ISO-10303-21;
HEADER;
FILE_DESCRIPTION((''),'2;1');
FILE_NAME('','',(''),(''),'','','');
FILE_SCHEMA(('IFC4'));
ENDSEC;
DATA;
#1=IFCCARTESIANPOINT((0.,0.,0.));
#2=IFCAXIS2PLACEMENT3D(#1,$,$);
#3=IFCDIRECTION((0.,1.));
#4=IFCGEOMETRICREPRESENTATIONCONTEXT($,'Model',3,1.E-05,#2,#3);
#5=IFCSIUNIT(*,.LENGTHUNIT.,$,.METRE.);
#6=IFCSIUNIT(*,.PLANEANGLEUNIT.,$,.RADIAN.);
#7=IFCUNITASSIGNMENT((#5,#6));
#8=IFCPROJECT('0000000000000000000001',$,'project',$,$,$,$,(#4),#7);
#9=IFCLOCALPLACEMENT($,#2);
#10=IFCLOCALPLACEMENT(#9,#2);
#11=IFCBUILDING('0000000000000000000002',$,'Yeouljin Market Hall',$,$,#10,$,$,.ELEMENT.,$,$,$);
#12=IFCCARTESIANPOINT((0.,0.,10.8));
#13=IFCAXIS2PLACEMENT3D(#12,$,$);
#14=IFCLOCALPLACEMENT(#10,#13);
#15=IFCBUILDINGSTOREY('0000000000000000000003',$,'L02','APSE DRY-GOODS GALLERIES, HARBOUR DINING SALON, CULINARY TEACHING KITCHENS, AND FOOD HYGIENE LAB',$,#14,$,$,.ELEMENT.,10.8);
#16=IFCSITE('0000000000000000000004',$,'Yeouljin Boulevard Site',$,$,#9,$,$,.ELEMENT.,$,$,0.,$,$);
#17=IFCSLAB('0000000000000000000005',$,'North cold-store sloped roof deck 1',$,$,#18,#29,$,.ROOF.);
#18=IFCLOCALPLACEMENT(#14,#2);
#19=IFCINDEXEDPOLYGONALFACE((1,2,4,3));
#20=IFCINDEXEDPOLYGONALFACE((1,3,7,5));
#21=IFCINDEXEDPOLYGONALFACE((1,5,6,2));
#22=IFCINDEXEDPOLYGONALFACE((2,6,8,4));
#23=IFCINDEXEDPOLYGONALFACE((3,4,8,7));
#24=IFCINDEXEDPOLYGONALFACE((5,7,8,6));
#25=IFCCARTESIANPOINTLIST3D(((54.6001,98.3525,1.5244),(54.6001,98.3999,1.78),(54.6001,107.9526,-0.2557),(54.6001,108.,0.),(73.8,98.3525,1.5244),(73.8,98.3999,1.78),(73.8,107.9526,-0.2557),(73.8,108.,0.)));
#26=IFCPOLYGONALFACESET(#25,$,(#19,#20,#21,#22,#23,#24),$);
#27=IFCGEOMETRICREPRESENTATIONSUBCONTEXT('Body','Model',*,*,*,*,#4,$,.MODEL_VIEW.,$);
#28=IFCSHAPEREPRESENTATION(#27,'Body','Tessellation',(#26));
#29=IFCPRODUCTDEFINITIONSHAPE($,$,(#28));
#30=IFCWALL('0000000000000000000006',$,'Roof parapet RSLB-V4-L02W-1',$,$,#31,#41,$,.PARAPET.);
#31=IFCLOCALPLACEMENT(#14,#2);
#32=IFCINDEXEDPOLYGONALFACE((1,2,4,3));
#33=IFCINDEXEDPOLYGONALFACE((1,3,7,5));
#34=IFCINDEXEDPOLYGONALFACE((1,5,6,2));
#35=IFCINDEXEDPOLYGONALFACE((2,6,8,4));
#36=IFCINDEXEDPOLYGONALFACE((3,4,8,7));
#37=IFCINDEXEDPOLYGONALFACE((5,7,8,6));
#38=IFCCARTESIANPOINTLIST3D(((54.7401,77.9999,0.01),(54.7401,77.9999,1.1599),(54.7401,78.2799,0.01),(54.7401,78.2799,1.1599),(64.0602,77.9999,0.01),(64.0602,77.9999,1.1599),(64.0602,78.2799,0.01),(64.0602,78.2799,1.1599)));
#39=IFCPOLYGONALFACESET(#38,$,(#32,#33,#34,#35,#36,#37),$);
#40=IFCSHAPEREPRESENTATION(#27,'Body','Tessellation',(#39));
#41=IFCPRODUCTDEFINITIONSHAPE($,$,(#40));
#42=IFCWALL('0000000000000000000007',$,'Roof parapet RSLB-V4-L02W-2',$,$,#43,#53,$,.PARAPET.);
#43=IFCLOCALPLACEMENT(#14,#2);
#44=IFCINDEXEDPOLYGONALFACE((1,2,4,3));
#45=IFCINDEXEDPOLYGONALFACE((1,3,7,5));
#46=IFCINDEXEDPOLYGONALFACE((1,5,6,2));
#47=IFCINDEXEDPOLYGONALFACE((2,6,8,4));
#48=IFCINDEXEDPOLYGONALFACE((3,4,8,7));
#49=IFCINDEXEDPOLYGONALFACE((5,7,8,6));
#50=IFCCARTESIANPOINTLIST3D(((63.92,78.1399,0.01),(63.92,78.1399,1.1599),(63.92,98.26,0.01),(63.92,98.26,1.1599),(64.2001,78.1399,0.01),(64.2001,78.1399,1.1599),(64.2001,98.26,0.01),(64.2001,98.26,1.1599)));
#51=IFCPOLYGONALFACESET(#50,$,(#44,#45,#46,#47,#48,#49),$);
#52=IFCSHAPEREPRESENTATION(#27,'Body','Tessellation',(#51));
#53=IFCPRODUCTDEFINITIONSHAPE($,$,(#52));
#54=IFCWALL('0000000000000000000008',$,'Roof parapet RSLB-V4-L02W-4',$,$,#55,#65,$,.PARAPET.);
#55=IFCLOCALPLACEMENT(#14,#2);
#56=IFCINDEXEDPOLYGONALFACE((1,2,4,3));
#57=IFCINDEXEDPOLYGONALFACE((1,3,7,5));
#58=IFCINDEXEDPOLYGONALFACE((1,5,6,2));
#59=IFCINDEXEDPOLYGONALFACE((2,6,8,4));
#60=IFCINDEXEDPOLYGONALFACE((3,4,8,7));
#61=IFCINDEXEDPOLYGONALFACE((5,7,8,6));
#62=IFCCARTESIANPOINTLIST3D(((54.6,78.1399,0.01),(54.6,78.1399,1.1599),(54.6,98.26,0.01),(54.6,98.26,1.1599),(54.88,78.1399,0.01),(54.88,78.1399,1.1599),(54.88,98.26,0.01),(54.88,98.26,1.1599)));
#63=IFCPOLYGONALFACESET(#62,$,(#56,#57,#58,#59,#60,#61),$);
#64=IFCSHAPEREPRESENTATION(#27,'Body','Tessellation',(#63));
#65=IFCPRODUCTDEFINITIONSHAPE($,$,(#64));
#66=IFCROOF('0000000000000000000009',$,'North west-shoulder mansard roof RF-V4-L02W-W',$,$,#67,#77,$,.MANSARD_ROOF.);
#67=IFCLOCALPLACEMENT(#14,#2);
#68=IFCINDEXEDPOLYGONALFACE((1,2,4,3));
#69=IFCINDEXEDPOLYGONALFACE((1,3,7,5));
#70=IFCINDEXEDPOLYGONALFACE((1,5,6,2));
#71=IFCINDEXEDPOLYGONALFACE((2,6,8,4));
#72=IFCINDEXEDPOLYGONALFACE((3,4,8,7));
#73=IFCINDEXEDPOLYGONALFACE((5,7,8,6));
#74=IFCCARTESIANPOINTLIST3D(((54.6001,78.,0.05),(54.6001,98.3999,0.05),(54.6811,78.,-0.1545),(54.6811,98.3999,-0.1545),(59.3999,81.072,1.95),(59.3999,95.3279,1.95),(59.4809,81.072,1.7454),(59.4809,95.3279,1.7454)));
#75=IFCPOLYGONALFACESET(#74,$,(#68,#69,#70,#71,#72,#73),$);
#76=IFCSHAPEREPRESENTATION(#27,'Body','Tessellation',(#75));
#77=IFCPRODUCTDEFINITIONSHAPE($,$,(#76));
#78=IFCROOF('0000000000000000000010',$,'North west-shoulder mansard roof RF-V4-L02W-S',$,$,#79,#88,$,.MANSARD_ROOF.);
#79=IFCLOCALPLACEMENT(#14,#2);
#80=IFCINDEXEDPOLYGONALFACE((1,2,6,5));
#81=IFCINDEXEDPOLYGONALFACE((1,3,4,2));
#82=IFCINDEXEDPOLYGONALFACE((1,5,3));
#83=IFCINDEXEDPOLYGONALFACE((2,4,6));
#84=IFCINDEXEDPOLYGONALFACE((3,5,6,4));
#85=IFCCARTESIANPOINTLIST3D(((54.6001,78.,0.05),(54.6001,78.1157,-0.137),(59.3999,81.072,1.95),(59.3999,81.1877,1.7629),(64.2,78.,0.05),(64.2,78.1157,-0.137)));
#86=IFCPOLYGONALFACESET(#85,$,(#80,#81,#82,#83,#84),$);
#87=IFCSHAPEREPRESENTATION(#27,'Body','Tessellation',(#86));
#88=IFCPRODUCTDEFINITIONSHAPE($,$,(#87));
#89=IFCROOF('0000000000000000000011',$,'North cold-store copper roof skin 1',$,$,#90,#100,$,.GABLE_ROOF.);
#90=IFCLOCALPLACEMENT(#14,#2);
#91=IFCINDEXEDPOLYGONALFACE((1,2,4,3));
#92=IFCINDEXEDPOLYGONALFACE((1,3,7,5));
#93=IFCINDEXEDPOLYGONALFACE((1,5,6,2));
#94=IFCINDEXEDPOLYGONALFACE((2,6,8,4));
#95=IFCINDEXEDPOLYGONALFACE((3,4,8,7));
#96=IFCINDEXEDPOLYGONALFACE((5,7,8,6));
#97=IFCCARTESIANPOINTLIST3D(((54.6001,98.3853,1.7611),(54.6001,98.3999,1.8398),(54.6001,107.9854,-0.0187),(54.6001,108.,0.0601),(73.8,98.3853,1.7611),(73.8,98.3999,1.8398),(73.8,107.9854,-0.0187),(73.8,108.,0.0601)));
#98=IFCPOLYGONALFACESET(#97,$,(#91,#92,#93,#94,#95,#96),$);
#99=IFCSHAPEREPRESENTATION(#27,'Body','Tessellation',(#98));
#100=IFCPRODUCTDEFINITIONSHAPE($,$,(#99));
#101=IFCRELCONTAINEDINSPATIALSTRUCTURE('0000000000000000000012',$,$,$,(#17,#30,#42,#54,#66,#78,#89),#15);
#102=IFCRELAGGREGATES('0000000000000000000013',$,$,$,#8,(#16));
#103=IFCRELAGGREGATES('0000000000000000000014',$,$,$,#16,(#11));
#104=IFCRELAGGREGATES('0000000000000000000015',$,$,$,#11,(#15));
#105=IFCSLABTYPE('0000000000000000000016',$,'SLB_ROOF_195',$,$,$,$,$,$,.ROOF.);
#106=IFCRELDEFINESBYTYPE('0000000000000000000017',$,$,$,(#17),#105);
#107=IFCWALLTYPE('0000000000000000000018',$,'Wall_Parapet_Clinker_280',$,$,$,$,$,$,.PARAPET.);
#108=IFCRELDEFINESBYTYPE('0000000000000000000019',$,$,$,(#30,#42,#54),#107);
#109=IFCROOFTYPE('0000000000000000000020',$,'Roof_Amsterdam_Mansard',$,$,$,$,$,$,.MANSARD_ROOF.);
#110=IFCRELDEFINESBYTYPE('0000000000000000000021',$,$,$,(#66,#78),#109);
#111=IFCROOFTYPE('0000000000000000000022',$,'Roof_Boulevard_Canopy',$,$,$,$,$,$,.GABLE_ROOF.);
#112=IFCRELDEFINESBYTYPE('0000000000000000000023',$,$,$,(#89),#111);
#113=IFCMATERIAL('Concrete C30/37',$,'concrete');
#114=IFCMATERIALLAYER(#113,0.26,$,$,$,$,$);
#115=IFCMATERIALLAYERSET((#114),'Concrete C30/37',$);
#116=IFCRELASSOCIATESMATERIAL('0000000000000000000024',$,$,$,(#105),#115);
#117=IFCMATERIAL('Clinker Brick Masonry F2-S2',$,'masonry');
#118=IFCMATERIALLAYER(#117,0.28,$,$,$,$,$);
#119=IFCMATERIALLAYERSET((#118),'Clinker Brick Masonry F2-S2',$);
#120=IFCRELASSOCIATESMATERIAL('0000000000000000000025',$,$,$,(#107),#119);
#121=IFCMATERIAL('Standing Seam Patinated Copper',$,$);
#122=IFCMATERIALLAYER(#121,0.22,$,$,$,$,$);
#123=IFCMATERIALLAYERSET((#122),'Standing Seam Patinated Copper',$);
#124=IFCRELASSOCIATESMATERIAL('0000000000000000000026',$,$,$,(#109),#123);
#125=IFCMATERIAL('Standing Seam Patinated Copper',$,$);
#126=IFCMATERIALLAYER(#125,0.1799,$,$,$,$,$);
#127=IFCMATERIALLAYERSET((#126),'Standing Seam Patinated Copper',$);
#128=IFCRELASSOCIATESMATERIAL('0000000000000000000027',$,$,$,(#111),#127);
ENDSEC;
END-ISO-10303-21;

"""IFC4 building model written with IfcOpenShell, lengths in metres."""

from ifc_helpers import new_model, si_unit, direction, frame, frame_2d, origin, place, context, subcontext, project, spatial, polyline, rectangle, outline, extrude, material, layer, layer_set, type_object, element, save


model = new_model("IFC4")

# Units and contexts
model_context = context("Model", 3, precision=1e-05, world=origin(), true_north=direction((0.0, 1.0)))
body_context = subcontext(model_context, "Body", "Model", "MODEL_VIEW")
ifc_project = project(units=[si_unit("LENGTHUNIT", "METRE"), si_unit("PLANEANGLEUNIT", "RADIAN")], contexts=[model_context])

# Site, building, storey
site_placement = place(None, origin())
site = spatial("IfcSite", under=ifc_project, at=site_placement, Name="Yeouljin Boulevard Site", CompositionType="ELEMENT", RefElevation=0.0)
building_placement = place(site_placement, origin())
building = spatial("IfcBuilding", under=site, at=building_placement, Name="Yeouljin Market Hall", CompositionType="ELEMENT")
storey_placement = place(building_placement, frame((0.0, 0.0, 10.8)))
storey = spatial("IfcBuildingStorey", under=building, at=storey_placement, Name="L02", Description="APSE DRY-GOODS GALLERIES, HARBOUR DINING SALON, CULINARY TEACHING KITCHENS, AND FOOD HYGIENE LAB", CompositionType="ELEMENT", Elevation=10.8)

# Slab
ifc_material_1 = material(Name="Concrete C30/37", Category="concrete")
ifc_layer_1 = layer(ifc_material_1, 0.26)
ifc_layer_set_1 = layer_set([ifc_layer_1], Name="Concrete C30/37")
slab_type = type_object("IfcSlabType", Name="SLB_ROOF_195", PredefinedType="ROOF", material=ifc_layer_set_1)
slab_placement = place(storey_placement, frame((54.6001, 98.3999, 1.78), z_axis=(0.0, 0.18231, 0.983241), x_axis=(0.0, 0.983241, -0.18231)))
element("IfcSlab", 1, at=slab_placement, inside=storey, type_object=slab_type, Name="North cold-store sloped roof deck 1", PredefinedType="ROOF", context=body_context, shape_type="SweptSolid", body=[
    extrude(outline(polyline([(0.0, 0.0), (9.7637, 0.0), (9.7637, -19.2), (0.0, -19.2), (0.0, 0.0)])), origin(), (0.0, 0.0, -1.0), 0.26),
])

# Walls
ifc_material_2 = material(Name="Clinker Brick Masonry F2-S2", Category="masonry")
ifc_layer_2 = layer(ifc_material_2, 0.28)
ifc_layer_set_2 = layer_set([ifc_layer_2], Name="Clinker Brick Masonry F2-S2")
wall_type = type_object("IfcWallType", Name="Wall_Parapet_Clinker_280", PredefinedType="PARAPET", material=ifc_layer_set_2)
wall_placement = place(storey_placement, frame((54.74, 78.1399, 0.01), z_axis=(0.0, 0.0, 1.0), x_axis=(1.0, 0.0, 0.0)))
element("IfcWall", 2, at=wall_placement, inside=storey, type_object=wall_type, Name="Roof parapet RSLB-V4-L02W-1", PredefinedType="PARAPET", context=body_context, shape_type="SweptSolid", body=[
    extrude(rectangle(XDim=9.3201, YDim=0.28, at=frame_2d((4.6602, 0.0))), origin(), (0.0, 0.0, 1.0), 1.1499),
])
for number, where, z_axis, x_axis, name in (
    (3, (64.0601, 78.1399, 0.01), (0.0, 0.0, 1.0), (0.0, 1.0, 0.0), "Roof parapet RSLB-V4-L02W-2"),
    (4, (54.74, 98.26, 0.01), (0.0, 0.0, 1.0), (0.0, -1.0, 0.0), "Roof parapet RSLB-V4-L02W-4"),
):
    element("IfcWall", number, at=place(storey_placement, frame(where, z_axis=z_axis, x_axis=x_axis)), inside=storey, type_object=wall_type, Name=name, PredefinedType="PARAPET", context=body_context, shape_type="SweptSolid", body=[
        extrude(rectangle(XDim=20.1201, YDim=0.28, at=frame_2d((10.0601, 0.0))), origin(), (0.0, 0.0, 1.0), 1.1499),
    ])

# Roofs
ifc_material_3 = material(Name="Standing Seam Patinated Copper")
ifc_layer_3 = layer(ifc_material_3, 0.22)
ifc_layer_set_3 = layer_set([ifc_layer_3], Name="Standing Seam Patinated Copper")
roof_type_1 = type_object("IfcRoofType", Name="Roof_Amsterdam_Mansard", PredefinedType="MANSARD_ROOF", material=ifc_layer_set_3)
roof_1_placement = place(storey_placement, frame((54.6001, 98.3999, 0.05), z_axis=(-0.368045, 0.0, 0.929808), x_axis=(0.0, -1.0, 0.0)))
element("IfcRoof", 5, at=roof_1_placement, inside=storey, type_object=roof_type_1, Name="North west-shoulder mansard roof RF-V4-L02W-W", PredefinedType="MANSARD_ROOF", context=body_context, shape_type="SweptSolid", body=[
    extrude(outline(polyline([(0.0, 0.0), (20.3999, 0.0), (17.3279, 5.1621), (3.072, 5.1621), (0.0, 0.0)])), origin(), (0.0, 0.0, -1.0), 0.22),
])
roof_2_placement = place(storey_placement, frame((54.6001, 78.0, 0.05), z_axis=(0.0, -0.525989, 0.850491), x_axis=(1.0, 0.0, 0.0)))
element("IfcRoof", 6, at=roof_2_placement, inside=storey, type_object=roof_type_1, Name="North west-shoulder mansard roof RF-V4-L02W-S", PredefinedType="MANSARD_ROOF", context=body_context, shape_type="SweptSolid", body=[
    extrude(outline(polyline([(0.0, 0.0), (9.5999, 0.0), (4.7998, 3.6121), (0.0, 0.0)])), origin(), (0.0, 0.0, -1.0), 0.22),
])
ifc_material_4 = material(Name="Standing Seam Patinated Copper")
ifc_layer_4 = layer(ifc_material_4, 0.1799)
ifc_layer_set_4 = layer_set([ifc_layer_4], Name="Standing Seam Patinated Copper")
roof_type_2 = type_object("IfcRoofType", Name="Roof_Boulevard_Canopy", PredefinedType="GABLE_ROOF", material=ifc_layer_set_4)
roof_3_placement = place(storey_placement, frame((54.6001, 98.3999, 1.8398), z_axis=(0.0, 0.182286, 0.983246), x_axis=(0.0, 0.983246, -0.182286)))
element("IfcRoof", 7, at=roof_3_placement, inside=storey, type_object=roof_type_2, Name="North cold-store copper roof skin 1", PredefinedType="GABLE_ROOF", context=body_context, shape_type="SweptSolid", body=[
    extrude(outline(polyline([(0.0, 0.0), (9.7637, 0.0), (9.7637, -19.2), (0.0, -19.2), (0.0, 0.0)])), origin(), (0.0, 0.0, -1.0), 0.0801),
])

save(model, "model.ifc")
